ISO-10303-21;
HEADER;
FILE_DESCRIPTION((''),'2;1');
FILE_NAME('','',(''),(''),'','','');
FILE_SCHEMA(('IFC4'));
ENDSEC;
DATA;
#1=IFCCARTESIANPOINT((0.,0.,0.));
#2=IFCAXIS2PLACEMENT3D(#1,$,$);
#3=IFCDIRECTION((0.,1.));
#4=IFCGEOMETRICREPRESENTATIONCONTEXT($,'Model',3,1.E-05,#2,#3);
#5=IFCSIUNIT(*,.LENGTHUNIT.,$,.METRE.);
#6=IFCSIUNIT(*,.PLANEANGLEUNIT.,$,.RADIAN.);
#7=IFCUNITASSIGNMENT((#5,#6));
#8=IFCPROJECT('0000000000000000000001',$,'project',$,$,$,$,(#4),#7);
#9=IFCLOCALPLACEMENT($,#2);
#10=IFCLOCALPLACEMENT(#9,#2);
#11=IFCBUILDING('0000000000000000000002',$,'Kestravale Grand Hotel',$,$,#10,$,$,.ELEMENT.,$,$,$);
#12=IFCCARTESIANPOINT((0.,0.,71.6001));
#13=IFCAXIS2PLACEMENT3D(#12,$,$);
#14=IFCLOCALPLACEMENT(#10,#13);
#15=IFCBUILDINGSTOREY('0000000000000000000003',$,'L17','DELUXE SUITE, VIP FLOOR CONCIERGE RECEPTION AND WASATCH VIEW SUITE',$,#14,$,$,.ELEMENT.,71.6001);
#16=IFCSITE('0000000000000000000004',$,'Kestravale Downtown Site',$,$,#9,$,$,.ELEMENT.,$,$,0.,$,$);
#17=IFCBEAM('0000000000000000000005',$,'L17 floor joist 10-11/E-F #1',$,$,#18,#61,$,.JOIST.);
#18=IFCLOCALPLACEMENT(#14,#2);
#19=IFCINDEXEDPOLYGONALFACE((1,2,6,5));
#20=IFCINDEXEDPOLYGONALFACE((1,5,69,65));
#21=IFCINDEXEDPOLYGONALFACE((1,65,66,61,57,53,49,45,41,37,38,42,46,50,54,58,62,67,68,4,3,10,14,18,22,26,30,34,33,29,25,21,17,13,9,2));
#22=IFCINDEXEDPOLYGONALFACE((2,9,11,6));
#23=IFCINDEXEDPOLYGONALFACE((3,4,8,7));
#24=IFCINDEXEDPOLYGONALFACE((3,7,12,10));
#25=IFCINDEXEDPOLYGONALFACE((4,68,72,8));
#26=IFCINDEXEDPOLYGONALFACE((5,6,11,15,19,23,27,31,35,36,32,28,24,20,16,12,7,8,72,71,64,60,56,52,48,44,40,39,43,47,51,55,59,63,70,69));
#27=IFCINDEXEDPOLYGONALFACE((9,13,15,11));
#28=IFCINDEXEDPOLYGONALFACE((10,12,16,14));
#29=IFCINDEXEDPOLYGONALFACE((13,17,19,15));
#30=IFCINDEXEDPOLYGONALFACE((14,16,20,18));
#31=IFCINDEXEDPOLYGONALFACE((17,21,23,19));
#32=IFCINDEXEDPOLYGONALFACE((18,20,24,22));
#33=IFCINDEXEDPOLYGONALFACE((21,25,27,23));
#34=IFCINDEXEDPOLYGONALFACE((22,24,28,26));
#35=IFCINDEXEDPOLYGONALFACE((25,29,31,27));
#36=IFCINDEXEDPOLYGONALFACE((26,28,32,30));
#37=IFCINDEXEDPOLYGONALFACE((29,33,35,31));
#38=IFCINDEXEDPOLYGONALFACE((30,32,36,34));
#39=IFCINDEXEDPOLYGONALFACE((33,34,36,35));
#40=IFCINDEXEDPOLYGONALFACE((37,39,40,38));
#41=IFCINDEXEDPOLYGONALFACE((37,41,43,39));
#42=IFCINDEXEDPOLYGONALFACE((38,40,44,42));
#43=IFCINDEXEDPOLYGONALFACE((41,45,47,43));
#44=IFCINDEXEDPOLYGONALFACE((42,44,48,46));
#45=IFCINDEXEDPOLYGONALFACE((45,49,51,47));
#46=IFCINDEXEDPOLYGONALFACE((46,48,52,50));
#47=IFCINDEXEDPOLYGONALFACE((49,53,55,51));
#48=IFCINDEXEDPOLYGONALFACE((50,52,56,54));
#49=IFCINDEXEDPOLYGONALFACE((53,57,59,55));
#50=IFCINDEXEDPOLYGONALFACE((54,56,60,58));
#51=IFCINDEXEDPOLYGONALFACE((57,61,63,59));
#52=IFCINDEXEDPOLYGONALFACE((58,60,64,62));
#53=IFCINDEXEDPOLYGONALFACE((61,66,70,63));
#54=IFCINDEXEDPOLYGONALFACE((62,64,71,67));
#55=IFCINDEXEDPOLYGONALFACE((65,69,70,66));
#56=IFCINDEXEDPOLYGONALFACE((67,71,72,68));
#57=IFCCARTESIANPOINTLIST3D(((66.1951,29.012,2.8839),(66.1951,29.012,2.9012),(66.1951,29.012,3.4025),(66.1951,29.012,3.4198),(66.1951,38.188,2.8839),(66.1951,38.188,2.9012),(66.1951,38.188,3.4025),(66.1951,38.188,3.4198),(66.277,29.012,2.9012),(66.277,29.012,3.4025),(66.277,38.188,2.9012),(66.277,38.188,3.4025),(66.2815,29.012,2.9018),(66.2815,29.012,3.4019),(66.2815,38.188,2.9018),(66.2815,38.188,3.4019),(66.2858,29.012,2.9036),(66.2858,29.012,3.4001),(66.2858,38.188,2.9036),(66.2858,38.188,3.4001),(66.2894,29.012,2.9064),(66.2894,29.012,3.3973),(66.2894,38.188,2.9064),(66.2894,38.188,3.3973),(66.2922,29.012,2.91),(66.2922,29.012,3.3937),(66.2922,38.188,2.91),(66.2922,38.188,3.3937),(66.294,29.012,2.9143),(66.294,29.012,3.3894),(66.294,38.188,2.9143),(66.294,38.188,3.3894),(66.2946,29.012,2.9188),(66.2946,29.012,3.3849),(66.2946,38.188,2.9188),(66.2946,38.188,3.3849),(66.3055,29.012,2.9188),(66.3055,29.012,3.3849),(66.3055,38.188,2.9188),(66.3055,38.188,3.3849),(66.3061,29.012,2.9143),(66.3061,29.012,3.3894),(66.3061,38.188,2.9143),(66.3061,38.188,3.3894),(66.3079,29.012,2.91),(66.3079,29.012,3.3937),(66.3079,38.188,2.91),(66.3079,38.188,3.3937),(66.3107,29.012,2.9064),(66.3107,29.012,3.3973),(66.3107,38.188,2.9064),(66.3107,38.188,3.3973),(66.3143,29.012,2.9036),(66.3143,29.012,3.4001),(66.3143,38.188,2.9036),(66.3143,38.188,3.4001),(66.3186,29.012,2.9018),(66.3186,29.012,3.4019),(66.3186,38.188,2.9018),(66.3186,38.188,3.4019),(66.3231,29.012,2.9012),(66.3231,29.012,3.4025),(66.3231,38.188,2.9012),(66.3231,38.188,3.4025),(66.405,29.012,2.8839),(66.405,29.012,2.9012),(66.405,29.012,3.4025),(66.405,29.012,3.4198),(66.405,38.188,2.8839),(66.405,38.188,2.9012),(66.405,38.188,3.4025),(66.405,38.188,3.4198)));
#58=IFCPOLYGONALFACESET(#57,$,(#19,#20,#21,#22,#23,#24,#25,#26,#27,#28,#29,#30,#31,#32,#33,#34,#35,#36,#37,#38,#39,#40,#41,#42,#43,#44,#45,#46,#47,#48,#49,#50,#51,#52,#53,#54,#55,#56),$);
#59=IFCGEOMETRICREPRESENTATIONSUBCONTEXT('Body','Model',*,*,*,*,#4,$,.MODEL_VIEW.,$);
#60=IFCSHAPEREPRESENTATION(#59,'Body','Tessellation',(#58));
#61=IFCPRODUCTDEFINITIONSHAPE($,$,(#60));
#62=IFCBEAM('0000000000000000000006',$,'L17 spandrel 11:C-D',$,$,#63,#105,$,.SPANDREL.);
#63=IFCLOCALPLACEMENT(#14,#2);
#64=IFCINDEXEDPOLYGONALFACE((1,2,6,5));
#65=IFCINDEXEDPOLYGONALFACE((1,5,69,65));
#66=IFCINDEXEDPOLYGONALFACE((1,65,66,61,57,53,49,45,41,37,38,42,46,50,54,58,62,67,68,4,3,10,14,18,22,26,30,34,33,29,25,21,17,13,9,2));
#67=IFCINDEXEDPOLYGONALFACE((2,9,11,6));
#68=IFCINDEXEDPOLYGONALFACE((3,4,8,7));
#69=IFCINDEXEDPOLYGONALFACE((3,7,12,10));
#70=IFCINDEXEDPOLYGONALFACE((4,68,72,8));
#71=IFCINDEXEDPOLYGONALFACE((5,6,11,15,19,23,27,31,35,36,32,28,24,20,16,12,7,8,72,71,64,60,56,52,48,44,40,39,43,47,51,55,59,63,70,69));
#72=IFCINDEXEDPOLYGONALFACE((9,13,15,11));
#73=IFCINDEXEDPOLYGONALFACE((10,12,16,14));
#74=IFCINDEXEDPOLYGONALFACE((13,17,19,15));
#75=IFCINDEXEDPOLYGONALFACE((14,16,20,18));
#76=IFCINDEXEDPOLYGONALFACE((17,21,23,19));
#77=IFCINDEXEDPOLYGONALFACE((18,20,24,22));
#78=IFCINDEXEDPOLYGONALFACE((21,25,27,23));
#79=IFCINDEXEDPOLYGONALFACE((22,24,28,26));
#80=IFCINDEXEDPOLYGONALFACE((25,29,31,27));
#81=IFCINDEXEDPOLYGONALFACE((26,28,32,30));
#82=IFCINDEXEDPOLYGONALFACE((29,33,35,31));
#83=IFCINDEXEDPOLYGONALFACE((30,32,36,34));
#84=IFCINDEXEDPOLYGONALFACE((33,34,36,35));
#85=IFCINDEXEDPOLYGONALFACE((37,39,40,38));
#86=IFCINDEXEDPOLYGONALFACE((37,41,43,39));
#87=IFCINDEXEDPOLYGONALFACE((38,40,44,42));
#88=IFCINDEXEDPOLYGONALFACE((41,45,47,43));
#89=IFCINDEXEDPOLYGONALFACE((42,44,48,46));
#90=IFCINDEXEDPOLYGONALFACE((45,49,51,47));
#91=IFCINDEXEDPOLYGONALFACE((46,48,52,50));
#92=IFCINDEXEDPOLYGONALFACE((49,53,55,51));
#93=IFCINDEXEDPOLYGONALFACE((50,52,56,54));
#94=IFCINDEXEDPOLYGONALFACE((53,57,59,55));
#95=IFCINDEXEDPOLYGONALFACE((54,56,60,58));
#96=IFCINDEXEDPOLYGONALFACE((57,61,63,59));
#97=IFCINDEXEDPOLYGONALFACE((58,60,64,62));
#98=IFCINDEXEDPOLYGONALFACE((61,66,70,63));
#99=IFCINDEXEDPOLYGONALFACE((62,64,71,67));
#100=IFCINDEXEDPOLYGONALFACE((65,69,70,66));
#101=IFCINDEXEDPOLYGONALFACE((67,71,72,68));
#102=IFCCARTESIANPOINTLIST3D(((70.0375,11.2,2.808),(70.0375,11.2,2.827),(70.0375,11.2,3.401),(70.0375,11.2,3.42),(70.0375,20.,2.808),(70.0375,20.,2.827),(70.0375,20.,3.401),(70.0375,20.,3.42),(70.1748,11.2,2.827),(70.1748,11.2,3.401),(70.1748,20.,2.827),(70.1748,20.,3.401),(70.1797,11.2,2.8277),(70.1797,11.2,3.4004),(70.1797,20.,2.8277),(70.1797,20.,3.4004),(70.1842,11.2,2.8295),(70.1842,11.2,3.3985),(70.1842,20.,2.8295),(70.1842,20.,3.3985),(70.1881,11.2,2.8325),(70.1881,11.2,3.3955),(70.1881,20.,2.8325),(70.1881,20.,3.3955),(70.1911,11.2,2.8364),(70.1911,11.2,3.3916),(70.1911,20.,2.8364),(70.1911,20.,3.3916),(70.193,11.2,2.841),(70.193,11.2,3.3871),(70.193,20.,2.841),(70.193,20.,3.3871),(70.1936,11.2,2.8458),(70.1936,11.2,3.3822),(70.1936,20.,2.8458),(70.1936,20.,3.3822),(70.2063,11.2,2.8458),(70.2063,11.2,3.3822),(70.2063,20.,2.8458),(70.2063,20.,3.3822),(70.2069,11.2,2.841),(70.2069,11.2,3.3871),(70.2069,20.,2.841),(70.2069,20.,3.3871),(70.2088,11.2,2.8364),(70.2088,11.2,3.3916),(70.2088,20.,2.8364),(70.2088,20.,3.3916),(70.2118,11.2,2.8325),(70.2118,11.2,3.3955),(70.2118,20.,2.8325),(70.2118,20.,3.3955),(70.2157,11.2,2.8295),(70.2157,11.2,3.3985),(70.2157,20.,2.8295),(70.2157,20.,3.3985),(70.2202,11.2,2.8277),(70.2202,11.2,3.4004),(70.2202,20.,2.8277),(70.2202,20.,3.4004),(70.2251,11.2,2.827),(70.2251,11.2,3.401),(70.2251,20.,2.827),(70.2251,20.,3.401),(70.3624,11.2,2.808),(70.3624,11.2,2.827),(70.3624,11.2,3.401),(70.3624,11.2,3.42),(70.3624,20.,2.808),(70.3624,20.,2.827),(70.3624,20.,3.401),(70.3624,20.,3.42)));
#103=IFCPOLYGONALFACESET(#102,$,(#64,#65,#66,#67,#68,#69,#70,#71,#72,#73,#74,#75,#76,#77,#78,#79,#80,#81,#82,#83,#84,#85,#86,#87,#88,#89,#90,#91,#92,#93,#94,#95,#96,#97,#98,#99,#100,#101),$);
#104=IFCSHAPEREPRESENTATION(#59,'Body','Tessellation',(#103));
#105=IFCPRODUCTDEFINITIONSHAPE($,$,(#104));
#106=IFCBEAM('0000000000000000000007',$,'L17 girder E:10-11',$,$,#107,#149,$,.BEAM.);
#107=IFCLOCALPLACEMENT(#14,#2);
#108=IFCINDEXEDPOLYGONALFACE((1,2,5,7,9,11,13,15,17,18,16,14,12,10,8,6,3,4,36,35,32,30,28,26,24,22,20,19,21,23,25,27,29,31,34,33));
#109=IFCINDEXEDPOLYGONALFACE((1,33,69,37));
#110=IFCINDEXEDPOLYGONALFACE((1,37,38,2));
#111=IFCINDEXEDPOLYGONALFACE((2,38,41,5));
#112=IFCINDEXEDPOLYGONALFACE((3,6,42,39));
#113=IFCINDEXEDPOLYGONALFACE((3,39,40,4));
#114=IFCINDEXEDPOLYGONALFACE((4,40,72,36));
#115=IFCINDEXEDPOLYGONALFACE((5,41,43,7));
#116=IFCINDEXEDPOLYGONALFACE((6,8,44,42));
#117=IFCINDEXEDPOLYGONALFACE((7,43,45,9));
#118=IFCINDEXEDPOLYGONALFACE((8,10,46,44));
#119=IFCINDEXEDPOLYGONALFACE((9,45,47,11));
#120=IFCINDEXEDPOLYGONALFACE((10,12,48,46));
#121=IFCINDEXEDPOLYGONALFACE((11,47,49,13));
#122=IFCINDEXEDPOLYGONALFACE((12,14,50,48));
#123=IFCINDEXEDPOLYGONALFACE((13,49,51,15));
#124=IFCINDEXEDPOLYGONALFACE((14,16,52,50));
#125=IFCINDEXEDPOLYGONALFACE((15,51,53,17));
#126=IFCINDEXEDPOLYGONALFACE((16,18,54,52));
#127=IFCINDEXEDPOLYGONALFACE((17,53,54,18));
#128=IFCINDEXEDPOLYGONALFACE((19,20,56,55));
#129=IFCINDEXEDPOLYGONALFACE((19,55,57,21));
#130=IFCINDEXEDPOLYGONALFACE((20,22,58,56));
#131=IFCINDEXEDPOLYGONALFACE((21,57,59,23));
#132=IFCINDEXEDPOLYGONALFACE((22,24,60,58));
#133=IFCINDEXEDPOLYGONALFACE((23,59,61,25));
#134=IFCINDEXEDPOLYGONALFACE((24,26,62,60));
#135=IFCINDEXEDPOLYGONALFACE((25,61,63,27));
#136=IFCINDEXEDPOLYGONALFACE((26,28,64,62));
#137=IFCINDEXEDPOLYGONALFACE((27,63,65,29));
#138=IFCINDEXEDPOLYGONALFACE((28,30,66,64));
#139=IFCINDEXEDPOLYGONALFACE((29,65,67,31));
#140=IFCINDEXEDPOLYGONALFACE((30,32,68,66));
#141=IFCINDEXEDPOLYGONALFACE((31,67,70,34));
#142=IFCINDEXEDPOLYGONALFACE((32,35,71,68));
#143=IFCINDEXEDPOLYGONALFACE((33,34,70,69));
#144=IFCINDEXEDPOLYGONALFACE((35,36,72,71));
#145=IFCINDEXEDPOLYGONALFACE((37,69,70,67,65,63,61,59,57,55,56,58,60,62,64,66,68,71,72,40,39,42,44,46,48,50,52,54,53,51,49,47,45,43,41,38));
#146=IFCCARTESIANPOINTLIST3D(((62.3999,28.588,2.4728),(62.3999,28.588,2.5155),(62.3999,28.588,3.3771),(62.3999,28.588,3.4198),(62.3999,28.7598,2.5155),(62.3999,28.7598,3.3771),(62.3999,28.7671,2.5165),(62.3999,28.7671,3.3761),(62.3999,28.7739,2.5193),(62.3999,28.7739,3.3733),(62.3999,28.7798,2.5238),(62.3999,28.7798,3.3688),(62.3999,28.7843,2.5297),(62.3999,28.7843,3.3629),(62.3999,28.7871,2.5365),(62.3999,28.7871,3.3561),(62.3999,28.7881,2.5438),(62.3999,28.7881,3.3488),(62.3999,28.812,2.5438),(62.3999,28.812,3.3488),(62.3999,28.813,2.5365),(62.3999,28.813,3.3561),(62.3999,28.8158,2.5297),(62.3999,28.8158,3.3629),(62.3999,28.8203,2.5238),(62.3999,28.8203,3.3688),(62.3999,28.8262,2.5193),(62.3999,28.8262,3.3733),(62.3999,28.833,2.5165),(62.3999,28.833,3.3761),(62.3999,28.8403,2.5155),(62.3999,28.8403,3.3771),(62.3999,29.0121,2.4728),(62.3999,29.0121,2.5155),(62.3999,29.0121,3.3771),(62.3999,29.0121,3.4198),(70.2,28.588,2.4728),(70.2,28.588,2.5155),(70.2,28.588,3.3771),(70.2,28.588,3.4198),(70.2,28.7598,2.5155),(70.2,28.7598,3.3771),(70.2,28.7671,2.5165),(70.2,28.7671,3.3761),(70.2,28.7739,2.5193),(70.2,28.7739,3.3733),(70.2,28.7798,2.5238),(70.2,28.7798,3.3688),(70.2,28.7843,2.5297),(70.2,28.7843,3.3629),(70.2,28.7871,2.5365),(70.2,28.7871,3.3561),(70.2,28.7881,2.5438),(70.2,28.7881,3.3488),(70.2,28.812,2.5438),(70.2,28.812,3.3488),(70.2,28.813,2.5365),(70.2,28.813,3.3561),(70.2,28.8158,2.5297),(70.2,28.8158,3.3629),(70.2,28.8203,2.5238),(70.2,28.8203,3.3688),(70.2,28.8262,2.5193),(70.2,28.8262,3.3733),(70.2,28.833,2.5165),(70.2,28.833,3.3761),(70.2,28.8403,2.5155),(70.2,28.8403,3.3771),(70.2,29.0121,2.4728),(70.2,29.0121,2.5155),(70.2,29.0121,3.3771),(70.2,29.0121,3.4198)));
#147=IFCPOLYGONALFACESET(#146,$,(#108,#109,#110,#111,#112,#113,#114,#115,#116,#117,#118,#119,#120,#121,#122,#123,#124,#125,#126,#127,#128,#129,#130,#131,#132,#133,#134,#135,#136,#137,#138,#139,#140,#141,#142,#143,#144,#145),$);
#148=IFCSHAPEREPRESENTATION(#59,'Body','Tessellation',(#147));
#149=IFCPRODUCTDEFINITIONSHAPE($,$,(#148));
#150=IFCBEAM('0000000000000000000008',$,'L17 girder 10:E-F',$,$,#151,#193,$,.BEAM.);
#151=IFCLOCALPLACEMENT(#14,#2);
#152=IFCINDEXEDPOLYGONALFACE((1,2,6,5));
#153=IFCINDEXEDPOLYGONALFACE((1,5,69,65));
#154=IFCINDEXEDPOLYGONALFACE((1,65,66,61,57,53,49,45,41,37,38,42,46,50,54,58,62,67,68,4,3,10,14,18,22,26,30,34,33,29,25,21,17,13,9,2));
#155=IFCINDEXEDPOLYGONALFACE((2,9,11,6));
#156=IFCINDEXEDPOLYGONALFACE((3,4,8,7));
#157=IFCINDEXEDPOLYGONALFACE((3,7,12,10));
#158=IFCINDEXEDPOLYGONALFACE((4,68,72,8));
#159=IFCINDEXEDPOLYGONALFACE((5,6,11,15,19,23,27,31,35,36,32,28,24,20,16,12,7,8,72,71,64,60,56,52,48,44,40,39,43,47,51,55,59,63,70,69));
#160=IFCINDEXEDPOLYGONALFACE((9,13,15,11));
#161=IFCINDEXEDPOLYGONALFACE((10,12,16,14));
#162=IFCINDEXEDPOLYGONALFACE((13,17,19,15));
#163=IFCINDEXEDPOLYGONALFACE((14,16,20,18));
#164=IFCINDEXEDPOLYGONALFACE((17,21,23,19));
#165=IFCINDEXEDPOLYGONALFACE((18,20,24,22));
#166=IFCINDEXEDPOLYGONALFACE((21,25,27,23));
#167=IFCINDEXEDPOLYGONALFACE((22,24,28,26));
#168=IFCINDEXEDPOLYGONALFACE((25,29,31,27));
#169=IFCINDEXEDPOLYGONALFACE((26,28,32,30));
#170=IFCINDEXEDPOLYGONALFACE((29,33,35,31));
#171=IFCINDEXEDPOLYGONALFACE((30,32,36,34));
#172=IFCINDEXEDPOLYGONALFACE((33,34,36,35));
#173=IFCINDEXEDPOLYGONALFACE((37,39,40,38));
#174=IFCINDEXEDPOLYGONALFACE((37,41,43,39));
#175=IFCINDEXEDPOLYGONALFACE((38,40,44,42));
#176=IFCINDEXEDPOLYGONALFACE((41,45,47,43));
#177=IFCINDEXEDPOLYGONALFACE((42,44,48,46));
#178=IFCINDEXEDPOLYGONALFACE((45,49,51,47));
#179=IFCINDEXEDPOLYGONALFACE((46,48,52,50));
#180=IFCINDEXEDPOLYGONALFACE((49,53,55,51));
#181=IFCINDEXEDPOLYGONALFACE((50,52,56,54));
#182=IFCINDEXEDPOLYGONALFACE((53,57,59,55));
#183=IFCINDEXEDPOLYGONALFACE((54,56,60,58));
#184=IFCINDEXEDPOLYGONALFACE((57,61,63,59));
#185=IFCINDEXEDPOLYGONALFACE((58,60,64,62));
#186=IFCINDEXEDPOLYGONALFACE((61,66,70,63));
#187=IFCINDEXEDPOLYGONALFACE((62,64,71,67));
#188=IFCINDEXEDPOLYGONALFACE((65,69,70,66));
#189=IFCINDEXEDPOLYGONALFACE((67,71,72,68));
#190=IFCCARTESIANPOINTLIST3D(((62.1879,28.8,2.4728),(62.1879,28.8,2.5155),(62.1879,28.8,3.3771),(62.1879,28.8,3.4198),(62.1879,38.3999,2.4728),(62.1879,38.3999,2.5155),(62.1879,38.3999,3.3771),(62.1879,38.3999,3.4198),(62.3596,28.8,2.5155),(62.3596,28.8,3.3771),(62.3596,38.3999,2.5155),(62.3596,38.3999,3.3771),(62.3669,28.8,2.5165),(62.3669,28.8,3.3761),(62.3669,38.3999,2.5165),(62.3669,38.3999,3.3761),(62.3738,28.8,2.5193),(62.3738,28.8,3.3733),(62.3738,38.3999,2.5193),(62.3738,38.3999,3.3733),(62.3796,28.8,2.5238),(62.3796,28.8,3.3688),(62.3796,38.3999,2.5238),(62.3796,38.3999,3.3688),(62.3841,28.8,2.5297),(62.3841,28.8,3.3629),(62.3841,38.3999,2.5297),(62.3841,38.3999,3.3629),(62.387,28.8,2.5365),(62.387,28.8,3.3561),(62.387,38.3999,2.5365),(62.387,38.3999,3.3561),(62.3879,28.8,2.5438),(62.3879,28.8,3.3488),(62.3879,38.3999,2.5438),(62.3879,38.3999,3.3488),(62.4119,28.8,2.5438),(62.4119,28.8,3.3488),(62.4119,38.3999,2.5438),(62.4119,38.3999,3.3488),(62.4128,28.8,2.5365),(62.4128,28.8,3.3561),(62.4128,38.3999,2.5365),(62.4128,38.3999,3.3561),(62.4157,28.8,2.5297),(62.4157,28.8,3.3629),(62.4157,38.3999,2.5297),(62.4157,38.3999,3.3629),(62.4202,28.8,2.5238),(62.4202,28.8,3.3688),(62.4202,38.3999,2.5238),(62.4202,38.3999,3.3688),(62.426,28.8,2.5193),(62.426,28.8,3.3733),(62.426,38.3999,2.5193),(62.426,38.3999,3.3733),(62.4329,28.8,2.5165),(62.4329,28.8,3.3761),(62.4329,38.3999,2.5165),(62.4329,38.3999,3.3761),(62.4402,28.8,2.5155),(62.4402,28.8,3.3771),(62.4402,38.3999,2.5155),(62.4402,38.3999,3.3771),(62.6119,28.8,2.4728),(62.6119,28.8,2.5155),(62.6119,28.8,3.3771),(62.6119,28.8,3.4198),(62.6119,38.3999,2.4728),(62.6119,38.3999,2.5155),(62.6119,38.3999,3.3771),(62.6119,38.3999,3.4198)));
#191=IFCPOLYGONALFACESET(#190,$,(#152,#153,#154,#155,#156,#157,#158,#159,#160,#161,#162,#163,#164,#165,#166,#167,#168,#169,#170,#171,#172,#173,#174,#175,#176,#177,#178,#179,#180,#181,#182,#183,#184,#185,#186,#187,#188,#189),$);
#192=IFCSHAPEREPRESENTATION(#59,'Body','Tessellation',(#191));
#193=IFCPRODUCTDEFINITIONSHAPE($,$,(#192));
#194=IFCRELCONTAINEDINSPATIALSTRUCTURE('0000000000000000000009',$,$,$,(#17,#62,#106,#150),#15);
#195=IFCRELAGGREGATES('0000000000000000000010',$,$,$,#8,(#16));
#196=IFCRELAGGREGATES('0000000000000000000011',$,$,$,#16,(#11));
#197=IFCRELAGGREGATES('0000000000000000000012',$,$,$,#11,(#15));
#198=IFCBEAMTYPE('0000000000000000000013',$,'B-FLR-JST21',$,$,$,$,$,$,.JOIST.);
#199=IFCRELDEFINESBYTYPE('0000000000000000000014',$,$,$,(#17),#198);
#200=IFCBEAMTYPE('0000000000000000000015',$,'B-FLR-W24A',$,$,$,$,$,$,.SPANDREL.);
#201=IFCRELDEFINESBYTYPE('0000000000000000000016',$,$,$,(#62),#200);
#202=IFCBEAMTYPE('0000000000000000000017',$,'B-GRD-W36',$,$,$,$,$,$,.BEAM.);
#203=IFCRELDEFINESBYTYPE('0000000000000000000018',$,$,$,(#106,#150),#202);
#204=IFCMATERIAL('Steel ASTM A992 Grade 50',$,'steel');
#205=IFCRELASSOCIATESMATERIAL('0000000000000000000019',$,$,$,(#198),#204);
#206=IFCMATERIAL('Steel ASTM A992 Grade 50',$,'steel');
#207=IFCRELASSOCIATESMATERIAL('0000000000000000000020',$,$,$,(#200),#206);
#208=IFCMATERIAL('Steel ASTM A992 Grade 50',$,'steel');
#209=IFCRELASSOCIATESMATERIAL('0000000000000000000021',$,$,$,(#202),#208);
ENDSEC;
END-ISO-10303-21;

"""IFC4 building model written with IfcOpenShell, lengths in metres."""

from ifc_helpers import new_model, si_unit, direction, frame, origin, origin_2d, place, context, subcontext, project, spatial, i_section, extrude, material, material_profile, profile_set, type_object, element, save


model = new_model("IFC4")

# Units and contexts
model_context = context("Model", 3, precision=1e-05, world=origin(), true_north=direction((0.0, 1.0)))
body_context = subcontext(model_context, "Body", "Model", "MODEL_VIEW")
ifc_project = project(units=[si_unit("LENGTHUNIT", "METRE"), si_unit("PLANEANGLEUNIT", "RADIAN")], contexts=[model_context])

# Site, building, storey
site_placement = place(None, origin())
site = spatial("IfcSite", under=ifc_project, at=site_placement, Name="Kestravale Downtown Site", CompositionType="ELEMENT", RefElevation=0.0)
building_placement = place(site_placement, origin())
building = spatial("IfcBuilding", under=site, at=building_placement, Name="Kestravale Grand Hotel", CompositionType="ELEMENT")
storey_placement = place(building_placement, frame((0.0, 0.0, 71.6001)))
storey = spatial("IfcBuildingStorey", under=building, at=storey_placement, Name="L17", Description="DELUXE SUITE, VIP FLOOR CONCIERGE RECEPTION AND WASATCH VIEW SUITE", CompositionType="ELEMENT", Elevation=71.6001)

# Beams
ifc_material_1 = material(Name="Steel ASTM A992 Grade 50", Category="steel")
ifc_material_profile_1 = material_profile(ifc_material_1, i_section(OverallWidth=0.21, OverallDepth=0.5359, WebThickness=0.011, FlangeThickness=0.0173, FilletRadius=0.0176, at=origin_2d()))
ifc_profile_set_1 = profile_set([ifc_material_profile_1], Name="Steel ASTM A992 Grade 50")
beam_type_1 = type_object("IfcBeamType", Name="B-FLR-JST21", PredefinedType="JOIST", material=ifc_profile_set_1)
beam_1_placement = place(storey_placement, frame((66.3, 29.012, 3.1519), z_axis=(0.0, 1.0, 0.0), x_axis=(-1.0, 0.0, 0.0)))
element("IfcBeam", 1, at=beam_1_placement, inside=storey, type_object=beam_type_1, Name="L17 floor joist 10-11/E-F #1", PredefinedType="JOIST", context=body_context, shape_type="SweptSolid", body=[
    extrude(i_section(OverallWidth=0.21, OverallDepth=0.5359, WebThickness=0.011, FlangeThickness=0.0173, FilletRadius=0.0176, at=origin_2d()), origin(), (0.0, 0.0, 1.0), 9.176),
])
ifc_material_2 = material(Name="Steel ASTM A992 Grade 50", Category="steel")
ifc_material_profile_2 = material_profile(ifc_material_2, i_section(OverallWidth=0.325, OverallDepth=0.6121, WebThickness=0.0127, FlangeThickness=0.019, FilletRadius=0.0188, at=origin_2d()))
ifc_profile_set_2 = profile_set([ifc_material_profile_2], Name="Steel ASTM A992 Grade 50")
beam_type_2 = type_object("IfcBeamType", Name="B-FLR-W24A", PredefinedType="SPANDREL", material=ifc_profile_set_2)
beam_2_placement = place(storey_placement, frame((70.2, 11.2, 3.114), z_axis=(0.0, 1.0, 0.0), x_axis=(-1.0, 0.0, 0.0)))
element("IfcBeam", 2, at=beam_2_placement, inside=storey, type_object=beam_type_2, Name="L17 spandrel 11:C-D", PredefinedType="SPANDREL", context=body_context, shape_type="SweptSolid", body=[
    extrude(i_section(OverallWidth=0.325, OverallDepth=0.6121, WebThickness=0.0127, FlangeThickness=0.019, FilletRadius=0.0188, at=origin_2d()), origin(), (0.0, 0.0, 1.0), 8.8),
])
ifc_material_3 = material(Name="Steel ASTM A992 Grade 50", Category="steel")
ifc_material_profile_3 = material_profile(ifc_material_3, i_section(OverallWidth=0.4241, OverallDepth=0.947, WebThickness=0.0239, FlangeThickness=0.0427, FilletRadius=0.0283, at=origin_2d()))
ifc_profile_set_3 = profile_set([ifc_material_profile_3], Name="Steel ASTM A992 Grade 50")
beam_type_3 = type_object("IfcBeamType", Name="B-GRD-W36", PredefinedType="BEAM", material=ifc_profile_set_3)
beam_3_placement = place(storey_placement, frame((62.3999, 28.8, 2.9463), z_axis=(1.0, 0.0, 0.0), x_axis=(0.0, 1.0, 0.0)))
element("IfcBeam", 3, at=beam_3_placement, inside=storey, type_object=beam_type_3, Name="L17 girder E:10-11", PredefinedType="BEAM", context=body_context, shape_type="SweptSolid", body=[
    extrude(i_section(OverallWidth=0.4241, OverallDepth=0.947, WebThickness=0.0239, FlangeThickness=0.0427, FilletRadius=0.0283, at=origin_2d()), origin(), (0.0, 0.0, 1.0), 7.8),
])
beam_4_placement = place(storey_placement, frame((62.3999, 28.8, 2.9463), z_axis=(0.0, 1.0, 0.0), x_axis=(-1.0, 0.0, 0.0)))
element("IfcBeam", 4, at=beam_4_placement, inside=storey, type_object=beam_type_3, Name="L17 girder 10:E-F", PredefinedType="BEAM", context=body_context, shape_type="SweptSolid", body=[
    extrude(i_section(OverallWidth=0.4241, OverallDepth=0.947, WebThickness=0.0239, FlangeThickness=0.0427, FilletRadius=0.0283, at=origin_2d()), origin(), (0.0, 0.0, 1.0), 9.5999),
])

save(model, "model.ifc")
